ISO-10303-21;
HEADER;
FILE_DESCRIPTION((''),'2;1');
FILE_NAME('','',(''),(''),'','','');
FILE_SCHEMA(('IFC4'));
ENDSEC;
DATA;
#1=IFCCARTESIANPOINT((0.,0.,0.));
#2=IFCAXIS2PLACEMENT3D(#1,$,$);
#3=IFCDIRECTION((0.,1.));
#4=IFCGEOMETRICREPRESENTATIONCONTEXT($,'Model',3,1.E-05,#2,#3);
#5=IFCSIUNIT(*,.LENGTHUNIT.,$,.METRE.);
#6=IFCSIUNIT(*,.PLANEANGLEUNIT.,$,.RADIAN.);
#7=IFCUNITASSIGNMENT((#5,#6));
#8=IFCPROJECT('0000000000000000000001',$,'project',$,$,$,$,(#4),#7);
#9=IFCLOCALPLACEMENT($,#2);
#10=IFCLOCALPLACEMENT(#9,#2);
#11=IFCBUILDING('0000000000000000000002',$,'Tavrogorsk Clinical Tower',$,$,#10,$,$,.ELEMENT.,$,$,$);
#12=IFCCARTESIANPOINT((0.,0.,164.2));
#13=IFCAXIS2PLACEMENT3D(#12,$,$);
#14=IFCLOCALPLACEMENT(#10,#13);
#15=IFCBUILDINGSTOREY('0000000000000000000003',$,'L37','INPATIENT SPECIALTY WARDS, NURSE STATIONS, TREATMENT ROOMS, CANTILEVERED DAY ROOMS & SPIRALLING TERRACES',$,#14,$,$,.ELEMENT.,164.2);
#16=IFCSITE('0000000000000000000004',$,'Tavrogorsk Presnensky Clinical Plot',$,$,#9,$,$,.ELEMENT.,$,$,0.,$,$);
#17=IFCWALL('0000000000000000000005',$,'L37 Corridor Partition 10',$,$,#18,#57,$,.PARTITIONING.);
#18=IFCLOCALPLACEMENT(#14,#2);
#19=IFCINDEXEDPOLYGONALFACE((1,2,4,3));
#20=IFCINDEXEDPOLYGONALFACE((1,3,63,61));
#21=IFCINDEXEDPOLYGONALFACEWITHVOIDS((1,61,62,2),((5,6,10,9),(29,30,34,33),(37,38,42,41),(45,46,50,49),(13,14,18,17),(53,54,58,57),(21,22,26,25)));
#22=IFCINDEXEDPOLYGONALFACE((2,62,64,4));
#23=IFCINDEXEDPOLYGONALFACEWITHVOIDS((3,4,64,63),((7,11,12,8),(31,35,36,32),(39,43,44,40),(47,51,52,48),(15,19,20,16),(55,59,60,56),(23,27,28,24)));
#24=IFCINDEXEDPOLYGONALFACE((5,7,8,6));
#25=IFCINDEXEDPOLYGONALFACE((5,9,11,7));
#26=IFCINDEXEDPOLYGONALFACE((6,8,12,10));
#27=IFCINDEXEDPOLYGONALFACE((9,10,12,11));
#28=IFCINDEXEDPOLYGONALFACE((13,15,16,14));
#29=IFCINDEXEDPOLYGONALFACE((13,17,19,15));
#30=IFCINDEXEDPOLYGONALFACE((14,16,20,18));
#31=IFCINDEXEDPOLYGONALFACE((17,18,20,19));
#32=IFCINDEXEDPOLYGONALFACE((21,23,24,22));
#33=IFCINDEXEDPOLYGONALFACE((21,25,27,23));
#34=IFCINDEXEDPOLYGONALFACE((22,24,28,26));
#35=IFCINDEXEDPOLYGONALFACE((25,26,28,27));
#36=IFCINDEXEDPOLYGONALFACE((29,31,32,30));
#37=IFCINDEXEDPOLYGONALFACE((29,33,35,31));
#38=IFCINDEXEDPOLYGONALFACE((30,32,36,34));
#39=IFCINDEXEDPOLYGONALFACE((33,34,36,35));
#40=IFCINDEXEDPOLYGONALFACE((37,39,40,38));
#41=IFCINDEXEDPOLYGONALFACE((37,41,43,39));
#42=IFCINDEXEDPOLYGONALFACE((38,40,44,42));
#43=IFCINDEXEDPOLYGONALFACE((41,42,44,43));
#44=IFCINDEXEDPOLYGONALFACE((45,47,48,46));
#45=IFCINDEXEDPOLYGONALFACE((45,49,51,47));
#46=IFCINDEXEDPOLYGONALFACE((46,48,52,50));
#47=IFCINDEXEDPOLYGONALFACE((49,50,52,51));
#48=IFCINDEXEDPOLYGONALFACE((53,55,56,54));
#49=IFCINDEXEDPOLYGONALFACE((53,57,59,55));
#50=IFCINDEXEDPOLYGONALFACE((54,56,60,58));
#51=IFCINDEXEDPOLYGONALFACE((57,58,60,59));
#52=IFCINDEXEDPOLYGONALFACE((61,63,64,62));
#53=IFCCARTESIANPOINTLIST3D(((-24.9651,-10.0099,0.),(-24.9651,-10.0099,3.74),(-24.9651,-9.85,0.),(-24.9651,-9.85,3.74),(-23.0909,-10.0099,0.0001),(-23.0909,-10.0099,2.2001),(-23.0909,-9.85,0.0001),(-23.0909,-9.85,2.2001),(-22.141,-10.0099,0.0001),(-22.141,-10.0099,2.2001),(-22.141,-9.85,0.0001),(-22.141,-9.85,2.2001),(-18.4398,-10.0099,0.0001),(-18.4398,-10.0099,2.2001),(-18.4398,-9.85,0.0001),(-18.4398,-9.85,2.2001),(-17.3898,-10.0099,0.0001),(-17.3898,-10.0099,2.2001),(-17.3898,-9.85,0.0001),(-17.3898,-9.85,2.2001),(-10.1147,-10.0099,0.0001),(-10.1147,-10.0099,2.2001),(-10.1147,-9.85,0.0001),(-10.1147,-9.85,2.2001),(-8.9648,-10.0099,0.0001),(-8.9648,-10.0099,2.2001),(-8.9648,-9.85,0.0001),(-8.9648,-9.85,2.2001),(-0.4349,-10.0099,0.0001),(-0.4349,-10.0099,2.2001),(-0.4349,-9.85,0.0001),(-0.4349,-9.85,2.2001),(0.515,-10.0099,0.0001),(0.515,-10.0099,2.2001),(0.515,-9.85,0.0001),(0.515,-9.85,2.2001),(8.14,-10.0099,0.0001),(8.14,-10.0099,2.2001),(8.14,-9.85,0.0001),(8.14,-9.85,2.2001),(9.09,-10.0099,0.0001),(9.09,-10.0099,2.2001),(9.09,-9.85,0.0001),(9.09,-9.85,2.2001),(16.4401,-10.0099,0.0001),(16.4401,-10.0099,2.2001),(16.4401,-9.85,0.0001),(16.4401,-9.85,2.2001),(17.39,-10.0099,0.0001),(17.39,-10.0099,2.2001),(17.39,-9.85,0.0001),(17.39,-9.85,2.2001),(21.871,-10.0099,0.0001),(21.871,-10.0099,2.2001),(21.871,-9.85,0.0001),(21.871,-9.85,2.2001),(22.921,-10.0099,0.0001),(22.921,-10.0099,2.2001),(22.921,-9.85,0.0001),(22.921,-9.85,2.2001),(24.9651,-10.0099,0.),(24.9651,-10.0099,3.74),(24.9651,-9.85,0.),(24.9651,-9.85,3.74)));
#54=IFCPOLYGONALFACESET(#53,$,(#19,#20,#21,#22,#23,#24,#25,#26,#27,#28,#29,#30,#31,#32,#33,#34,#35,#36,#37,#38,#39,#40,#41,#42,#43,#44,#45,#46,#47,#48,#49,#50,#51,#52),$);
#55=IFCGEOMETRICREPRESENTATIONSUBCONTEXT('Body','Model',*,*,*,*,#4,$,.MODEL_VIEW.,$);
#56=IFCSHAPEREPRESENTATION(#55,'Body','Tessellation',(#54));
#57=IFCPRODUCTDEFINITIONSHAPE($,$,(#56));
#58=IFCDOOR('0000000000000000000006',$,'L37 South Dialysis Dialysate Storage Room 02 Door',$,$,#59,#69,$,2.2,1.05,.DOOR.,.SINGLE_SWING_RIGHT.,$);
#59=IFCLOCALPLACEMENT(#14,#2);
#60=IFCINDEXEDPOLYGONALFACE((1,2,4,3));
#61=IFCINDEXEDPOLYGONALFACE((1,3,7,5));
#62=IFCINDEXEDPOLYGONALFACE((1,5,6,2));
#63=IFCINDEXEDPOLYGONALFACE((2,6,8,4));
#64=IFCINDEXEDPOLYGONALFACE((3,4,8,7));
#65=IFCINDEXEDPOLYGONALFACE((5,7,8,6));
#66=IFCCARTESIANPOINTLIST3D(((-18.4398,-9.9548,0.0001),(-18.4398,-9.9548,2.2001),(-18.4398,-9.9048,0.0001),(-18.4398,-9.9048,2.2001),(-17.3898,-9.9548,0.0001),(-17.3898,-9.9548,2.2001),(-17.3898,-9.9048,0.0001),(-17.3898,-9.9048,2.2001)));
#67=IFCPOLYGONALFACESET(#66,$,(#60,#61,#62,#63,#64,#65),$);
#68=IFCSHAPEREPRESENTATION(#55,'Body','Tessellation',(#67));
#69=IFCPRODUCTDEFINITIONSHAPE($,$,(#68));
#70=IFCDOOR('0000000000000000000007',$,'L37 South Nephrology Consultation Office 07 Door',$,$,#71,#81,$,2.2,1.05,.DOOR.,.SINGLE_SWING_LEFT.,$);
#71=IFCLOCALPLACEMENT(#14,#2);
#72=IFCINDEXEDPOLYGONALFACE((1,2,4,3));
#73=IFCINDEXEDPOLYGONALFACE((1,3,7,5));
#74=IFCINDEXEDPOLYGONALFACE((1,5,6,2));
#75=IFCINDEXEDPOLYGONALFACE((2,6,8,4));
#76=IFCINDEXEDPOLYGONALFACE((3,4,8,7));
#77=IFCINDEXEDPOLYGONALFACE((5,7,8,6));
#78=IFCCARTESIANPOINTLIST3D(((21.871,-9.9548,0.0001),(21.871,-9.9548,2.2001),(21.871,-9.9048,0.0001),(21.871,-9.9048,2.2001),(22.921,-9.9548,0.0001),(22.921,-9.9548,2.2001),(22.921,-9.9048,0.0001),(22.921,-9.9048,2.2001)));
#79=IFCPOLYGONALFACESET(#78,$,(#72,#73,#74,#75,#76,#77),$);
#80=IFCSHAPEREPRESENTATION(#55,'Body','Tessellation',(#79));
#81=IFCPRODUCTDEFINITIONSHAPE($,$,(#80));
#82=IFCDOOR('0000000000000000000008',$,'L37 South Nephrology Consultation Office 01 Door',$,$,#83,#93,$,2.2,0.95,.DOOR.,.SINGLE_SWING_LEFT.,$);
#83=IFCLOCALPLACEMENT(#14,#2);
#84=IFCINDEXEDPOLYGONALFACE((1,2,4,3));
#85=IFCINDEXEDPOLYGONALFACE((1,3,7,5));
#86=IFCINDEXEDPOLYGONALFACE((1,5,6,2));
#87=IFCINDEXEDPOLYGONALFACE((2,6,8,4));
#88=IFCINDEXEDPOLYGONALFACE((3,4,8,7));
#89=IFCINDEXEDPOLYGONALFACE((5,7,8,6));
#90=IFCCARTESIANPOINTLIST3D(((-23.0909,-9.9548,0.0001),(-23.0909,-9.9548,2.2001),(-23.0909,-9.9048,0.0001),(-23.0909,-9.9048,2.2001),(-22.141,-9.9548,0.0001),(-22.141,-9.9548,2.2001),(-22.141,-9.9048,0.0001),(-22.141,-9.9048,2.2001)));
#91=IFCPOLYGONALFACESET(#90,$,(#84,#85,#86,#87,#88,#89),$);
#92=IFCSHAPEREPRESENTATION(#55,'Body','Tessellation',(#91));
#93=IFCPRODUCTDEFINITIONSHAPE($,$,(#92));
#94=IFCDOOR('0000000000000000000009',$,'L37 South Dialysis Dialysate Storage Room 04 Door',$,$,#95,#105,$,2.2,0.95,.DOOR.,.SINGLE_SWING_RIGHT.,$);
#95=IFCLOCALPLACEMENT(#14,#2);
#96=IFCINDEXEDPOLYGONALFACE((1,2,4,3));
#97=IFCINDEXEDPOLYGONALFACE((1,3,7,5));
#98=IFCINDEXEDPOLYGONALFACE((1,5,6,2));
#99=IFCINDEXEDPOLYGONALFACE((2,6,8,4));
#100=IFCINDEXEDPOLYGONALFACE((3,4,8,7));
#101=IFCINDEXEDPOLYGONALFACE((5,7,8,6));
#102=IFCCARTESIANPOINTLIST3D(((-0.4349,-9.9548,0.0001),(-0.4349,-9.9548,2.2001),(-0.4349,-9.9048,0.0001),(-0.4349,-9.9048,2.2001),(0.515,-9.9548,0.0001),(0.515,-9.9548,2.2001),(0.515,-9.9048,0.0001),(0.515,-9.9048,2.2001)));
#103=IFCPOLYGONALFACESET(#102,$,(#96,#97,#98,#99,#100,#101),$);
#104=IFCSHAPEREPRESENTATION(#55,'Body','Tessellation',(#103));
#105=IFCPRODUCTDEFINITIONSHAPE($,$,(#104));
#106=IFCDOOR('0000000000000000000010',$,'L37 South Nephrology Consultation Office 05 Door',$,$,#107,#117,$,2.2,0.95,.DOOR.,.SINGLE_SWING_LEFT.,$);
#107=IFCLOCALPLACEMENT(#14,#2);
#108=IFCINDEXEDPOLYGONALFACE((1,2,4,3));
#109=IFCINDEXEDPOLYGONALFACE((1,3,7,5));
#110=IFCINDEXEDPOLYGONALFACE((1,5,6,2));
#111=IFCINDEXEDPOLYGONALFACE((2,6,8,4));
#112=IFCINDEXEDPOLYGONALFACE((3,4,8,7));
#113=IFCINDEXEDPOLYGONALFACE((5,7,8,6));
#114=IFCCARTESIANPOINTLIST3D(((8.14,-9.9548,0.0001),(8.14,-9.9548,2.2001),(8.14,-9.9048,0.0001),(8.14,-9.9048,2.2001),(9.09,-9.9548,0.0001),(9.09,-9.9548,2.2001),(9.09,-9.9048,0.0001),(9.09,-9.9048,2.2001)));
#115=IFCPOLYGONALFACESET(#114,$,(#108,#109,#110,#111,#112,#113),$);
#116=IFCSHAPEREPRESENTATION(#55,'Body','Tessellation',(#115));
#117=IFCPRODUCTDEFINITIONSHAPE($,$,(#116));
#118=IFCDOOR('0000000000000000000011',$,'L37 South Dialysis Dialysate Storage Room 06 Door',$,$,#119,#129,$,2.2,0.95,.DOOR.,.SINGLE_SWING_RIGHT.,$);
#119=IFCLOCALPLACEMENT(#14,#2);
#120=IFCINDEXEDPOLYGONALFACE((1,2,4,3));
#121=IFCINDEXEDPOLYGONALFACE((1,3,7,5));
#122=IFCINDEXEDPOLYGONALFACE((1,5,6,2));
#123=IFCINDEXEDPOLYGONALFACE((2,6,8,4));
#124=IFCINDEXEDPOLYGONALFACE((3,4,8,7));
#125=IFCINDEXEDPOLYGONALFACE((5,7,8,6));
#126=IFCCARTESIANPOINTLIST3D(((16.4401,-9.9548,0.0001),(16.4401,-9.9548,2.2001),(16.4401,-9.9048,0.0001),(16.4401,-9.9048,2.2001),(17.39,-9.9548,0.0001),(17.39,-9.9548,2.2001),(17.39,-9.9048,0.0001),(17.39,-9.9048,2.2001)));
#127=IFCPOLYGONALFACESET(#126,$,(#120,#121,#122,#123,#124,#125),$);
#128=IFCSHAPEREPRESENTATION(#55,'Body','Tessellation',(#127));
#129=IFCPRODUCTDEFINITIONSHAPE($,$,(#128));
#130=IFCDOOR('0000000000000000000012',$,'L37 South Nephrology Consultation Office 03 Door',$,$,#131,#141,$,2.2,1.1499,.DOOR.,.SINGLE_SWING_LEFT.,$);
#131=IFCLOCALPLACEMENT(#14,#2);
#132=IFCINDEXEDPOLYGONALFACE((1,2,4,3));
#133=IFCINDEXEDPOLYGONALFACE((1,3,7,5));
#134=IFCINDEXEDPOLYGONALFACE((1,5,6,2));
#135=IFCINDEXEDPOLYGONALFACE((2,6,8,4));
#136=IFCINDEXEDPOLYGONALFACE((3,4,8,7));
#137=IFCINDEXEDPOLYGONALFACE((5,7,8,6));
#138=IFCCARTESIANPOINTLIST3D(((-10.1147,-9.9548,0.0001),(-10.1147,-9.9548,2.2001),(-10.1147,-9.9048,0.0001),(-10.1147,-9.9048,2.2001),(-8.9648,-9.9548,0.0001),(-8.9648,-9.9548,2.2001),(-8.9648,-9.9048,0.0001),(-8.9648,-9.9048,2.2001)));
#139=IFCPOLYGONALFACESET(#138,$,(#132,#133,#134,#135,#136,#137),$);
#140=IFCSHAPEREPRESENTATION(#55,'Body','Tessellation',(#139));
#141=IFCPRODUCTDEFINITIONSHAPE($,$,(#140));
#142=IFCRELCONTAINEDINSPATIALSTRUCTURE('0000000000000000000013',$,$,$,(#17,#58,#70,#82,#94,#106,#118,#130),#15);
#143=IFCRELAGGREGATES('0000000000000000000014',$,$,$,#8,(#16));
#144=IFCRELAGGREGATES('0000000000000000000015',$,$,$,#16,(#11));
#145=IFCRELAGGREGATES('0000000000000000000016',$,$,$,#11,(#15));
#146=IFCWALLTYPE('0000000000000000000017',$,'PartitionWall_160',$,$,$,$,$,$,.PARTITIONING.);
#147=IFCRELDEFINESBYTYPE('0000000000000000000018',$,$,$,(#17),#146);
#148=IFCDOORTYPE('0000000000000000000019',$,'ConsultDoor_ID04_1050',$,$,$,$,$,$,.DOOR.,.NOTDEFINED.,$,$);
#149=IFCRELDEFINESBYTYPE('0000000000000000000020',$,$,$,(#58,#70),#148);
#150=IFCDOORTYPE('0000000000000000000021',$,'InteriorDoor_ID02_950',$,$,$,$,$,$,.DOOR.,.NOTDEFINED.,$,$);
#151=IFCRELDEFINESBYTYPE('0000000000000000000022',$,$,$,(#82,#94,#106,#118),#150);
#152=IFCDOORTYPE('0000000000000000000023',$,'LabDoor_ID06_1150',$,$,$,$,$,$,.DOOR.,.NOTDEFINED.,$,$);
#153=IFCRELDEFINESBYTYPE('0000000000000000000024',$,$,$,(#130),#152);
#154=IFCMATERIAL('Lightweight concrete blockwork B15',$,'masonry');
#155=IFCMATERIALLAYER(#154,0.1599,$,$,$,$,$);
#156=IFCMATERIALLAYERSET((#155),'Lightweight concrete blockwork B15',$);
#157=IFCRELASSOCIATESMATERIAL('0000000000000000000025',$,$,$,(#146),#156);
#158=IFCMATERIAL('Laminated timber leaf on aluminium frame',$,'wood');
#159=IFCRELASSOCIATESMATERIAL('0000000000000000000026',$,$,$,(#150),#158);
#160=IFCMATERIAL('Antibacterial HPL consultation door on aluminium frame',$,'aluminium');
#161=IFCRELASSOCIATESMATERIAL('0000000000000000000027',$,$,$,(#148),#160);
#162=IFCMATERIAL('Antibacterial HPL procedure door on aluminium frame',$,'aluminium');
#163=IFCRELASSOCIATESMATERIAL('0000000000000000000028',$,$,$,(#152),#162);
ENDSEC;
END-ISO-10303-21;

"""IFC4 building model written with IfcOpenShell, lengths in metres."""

from ifc_helpers import new_model, si_unit, direction, frame, frame_2d, origin, place, context, subcontext, project, spatial, rectangle, extrude, material, layer, layer_set, type_object, element, fill, save


model = new_model("IFC4")

# Units and contexts
model_context = context("Model", 3, precision=1e-05, world=origin(), true_north=direction((0.0, 1.0)))
body_context = subcontext(model_context, "Body", "Model", "MODEL_VIEW")
ifc_project = project(units=[si_unit("LENGTHUNIT", "METRE"), si_unit("PLANEANGLEUNIT", "RADIAN")], contexts=[model_context])

# Site, building, storey
site_placement = place(None, origin())
site = spatial("IfcSite", under=ifc_project, at=site_placement, Name="Tavrogorsk Presnensky Clinical Plot", CompositionType="ELEMENT", RefElevation=0.0)
building_placement = place(site_placement, origin())
building = spatial("IfcBuilding", under=site, at=building_placement, Name="Tavrogorsk Clinical Tower", CompositionType="ELEMENT")
storey_placement = place(building_placement, frame((0.0, 0.0, 164.2)))
storey = spatial("IfcBuildingStorey", under=building, at=storey_placement, Name="L37", Description="INPATIENT SPECIALTY WARDS, NURSE STATIONS, TREATMENT ROOMS, CANTILEVERED DAY ROOMS & SPIRALLING TERRACES", CompositionType="ELEMENT", Elevation=164.2)

# Shared definitions
ifc_material_1 = material(Name="Lightweight concrete blockwork B15", Category="masonry")
ifc_layer = layer(ifc_material_1, 0.1599)
ifc_layer_set = layer_set([ifc_layer], Name="Lightweight concrete blockwork B15")
wall_type = type_object("IfcWallType", Name="PartitionWall_160", PredefinedType="PARTITIONING", material=ifc_layer_set)
ifc_material_2 = material(Name="Laminated timber leaf on aluminium frame", Category="wood")
door_type_1 = type_object("IfcDoorType", Name="InteriorDoor_ID02_950", OperationType="NOTDEFINED", PredefinedType="DOOR", material=ifc_material_2)

# Wall, openings, doors
wall_1_placement = place(storey_placement, frame((24.9651, -9.9299, 0.0), z_axis=(0.0, 0.0, 1.0), x_axis=(-1.0, 0.0, 0.0)))
wall_1 = element("IfcWall", 1, at=wall_1_placement, inside=storey, type_object=wall_type, Name="L37 Corridor Partition 10", PredefinedType="PARTITIONING", context=body_context, shape_type="SweptSolid", body=[
    extrude(rectangle(XDim=49.9302, YDim=0.1599, at=frame_2d((24.9651, 0.0))), origin(), (0.0, 0.0, 1.0), 3.74),
])
opening_1_placement = place(wall_1_placement, frame((47.106, 0.0, 0.0)))
opening_1 = element("IfcOpeningElement", 2, at=opening_1_placement, cuts=wall_1, PredefinedType="OPENING", context=body_context, shape_type="SweptSolid", body=[
    extrude(rectangle(XDim=0.95, YDim=2.2, at=frame_2d((0.4751, 1.1001))), frame((0.0, 0.0898, 0.0), z_axis=(0.0, -1.0, 0.0), x_axis=(1.0, 0.0, 0.0)), (0.0, 0.0, 1.0), 0.1799),
])
opening_2_placement = place(wall_1_placement, frame((42.355, 0.0, 0.0)))
opening_2 = element("IfcOpeningElement", 3, at=opening_2_placement, cuts=wall_1, PredefinedType="OPENING", context=body_context, shape_type="SweptSolid", body=[
    extrude(rectangle(XDim=1.05, YDim=2.2, at=frame_2d((0.5249, 1.1001))), frame((0.0, 0.0898, 0.0), z_axis=(0.0, -1.0, 0.0), x_axis=(1.0, 0.0, 0.0)), (0.0, 0.0, 1.0), 0.1799),
])
opening_3_placement = place(wall_1_placement, frame((33.9299, 0.0, 0.0)))
opening_3 = element("IfcOpeningElement", 4, at=opening_3_placement, cuts=wall_1, PredefinedType="OPENING", context=body_context, shape_type="SweptSolid", body=[
    extrude(rectangle(XDim=1.1499, YDim=2.2, at=frame_2d((0.575, 1.1001))), frame((0.0, 0.0898, 0.0), z_axis=(0.0, -1.0, 0.0), x_axis=(1.0, 0.0, 0.0)), (0.0, 0.0, 1.0), 0.1799),
])
opening_4_placement = place(wall_1_placement, frame((24.45, 0.0, 0.0)))
opening_4 = element("IfcOpeningElement", 5, at=opening_4_placement, cuts=wall_1, PredefinedType="OPENING", context=body_context, shape_type="SweptSolid", body=[
    extrude(rectangle(XDim=0.95, YDim=2.2, at=frame_2d((0.4751, 1.1001))), frame((0.0, 0.0898, 0.0), z_axis=(0.0, -1.0, 0.0), x_axis=(1.0, 0.0, 0.0)), (0.0, 0.0, 1.0), 0.1799),
])
opening_5_placement = place(wall_1_placement, frame((15.875, 0.0, 0.0)))
opening_5 = element("IfcOpeningElement", 6, at=opening_5_placement, cuts=wall_1, PredefinedType="OPENING", context=body_context, shape_type="SweptSolid", body=[
    extrude(rectangle(XDim=0.95, YDim=2.2, at=frame_2d((0.4751, 1.1001))), frame((0.0, 0.0898, 0.0), z_axis=(0.0, -1.0, 0.0), x_axis=(1.0, 0.0, 0.0)), (0.0, 0.0, 1.0), 0.1799),
])
opening_6_placement = place(wall_1_placement, frame((7.575, 0.0, 0.0)))
opening_6 = element("IfcOpeningElement", 7, at=opening_6_placement, cuts=wall_1, PredefinedType="OPENING", context=body_context, shape_type="SweptSolid", body=[
    extrude(rectangle(XDim=0.95, YDim=2.2, at=frame_2d((0.4751, 1.1001))), frame((0.0, 0.0898, 0.0), z_axis=(0.0, -1.0, 0.0), x_axis=(1.0, 0.0, 0.0)), (0.0, 0.0, 1.0), 0.1799),
])
opening_7_placement = place(wall_1_placement, frame((2.0442, 0.0, 0.0)))
opening_7 = element("IfcOpeningElement", 8, at=opening_7_placement, cuts=wall_1, PredefinedType="OPENING", context=body_context, shape_type="SweptSolid", body=[
    extrude(rectangle(XDim=1.05, YDim=2.2, at=frame_2d((0.5249, 1.1001))), frame((0.0, 0.0898, 0.0), z_axis=(0.0, -1.0, 0.0), x_axis=(1.0, 0.0, 0.0)), (0.0, 0.0, 1.0), 0.1799),
])
ifc_material_3 = material(Name="Antibacterial HPL consultation door on aluminium frame", Category="aluminium")
door_type_2 = type_object("IfcDoorType", Name="ConsultDoor_ID04_1050", OperationType="NOTDEFINED", PredefinedType="DOOR", material=ifc_material_3)
door_1_placement = place(opening_2_placement, origin())
door_1 = element("IfcDoor", 9, at=door_1_placement, inside=storey, type_object=door_type_2, Name="L37 South Dialysis Dialysate Storage Room 02 Door", OperationType="SINGLE_SWING_RIGHT", OverallHeight=2.2, OverallWidth=1.05, PredefinedType="DOOR", context=body_context, shape_type="SweptSolid", body=[
    extrude(rectangle(XDim=1.05, YDim=2.2, at=frame_2d((0.5249, 1.1001))), frame((0.0, 0.0249, 0.0), z_axis=(0.0, -1.0, 0.0), x_axis=(1.0, 0.0, 0.0)), (0.0, 0.0, 1.0), 0.05),
])
fill(opening_2, door_1)
door_2_placement = place(opening_7_placement, origin())
door_2 = element("IfcDoor", 10, at=door_2_placement, inside=storey, type_object=door_type_2, Name="L37 South Nephrology Consultation Office 07 Door", OperationType="SINGLE_SWING_LEFT", OverallHeight=2.2, OverallWidth=1.05, PredefinedType="DOOR", context=body_context, shape_type="SweptSolid", body=[
    extrude(rectangle(XDim=1.05, YDim=2.2, at=frame_2d((0.5249, 1.1001))), frame((0.0, 0.0249, 0.0), z_axis=(0.0, -1.0, 0.0), x_axis=(1.0, 0.0, 0.0)), (0.0, 0.0, 1.0), 0.05),
])
fill(opening_7, door_2)
door_3_placement = place(opening_1_placement, origin())
door_3 = element("IfcDoor", 11, at=door_3_placement, inside=storey, type_object=door_type_1, Name="L37 South Nephrology Consultation Office 01 Door", OperationType="SINGLE_SWING_LEFT", OverallHeight=2.2, OverallWidth=0.95, PredefinedType="DOOR", context=body_context, shape_type="SweptSolid", body=[
    extrude(rectangle(XDim=0.95, YDim=2.2, at=frame_2d((0.4751, 1.1001))), frame((0.0, 0.0249, 0.0), z_axis=(0.0, -1.0, 0.0), x_axis=(1.0, 0.0, 0.0)), (0.0, 0.0, 1.0), 0.05),
])
fill(opening_1, door_3)
door_4_placement = place(opening_4_placement, origin())
door_4 = element("IfcDoor", 12, at=door_4_placement, inside=storey, type_object=door_type_1, Name="L37 South Dialysis Dialysate Storage Room 04 Door", OperationType="SINGLE_SWING_RIGHT", OverallHeight=2.2, OverallWidth=0.95, PredefinedType="DOOR", context=body_context, shape_type="SweptSolid", body=[
    extrude(rectangle(XDim=0.95, YDim=2.2, at=frame_2d((0.4751, 1.1001))), frame((0.0, 0.0249, 0.0), z_axis=(0.0, -1.0, 0.0), x_axis=(1.0, 0.0, 0.0)), (0.0, 0.0, 1.0), 0.05),
])
fill(opening_4, door_4)
door_5_placement = place(opening_5_placement, origin())
door_5 = element("IfcDoor", 13, at=door_5_placement, inside=storey, type_object=door_type_1, Name="L37 South Nephrology Consultation Office 05 Door", OperationType="SINGLE_SWING_LEFT", OverallHeight=2.2, OverallWidth=0.95, PredefinedType="DOOR", context=body_context, shape_type="SweptSolid", body=[
    extrude(rectangle(XDim=0.95, YDim=2.2, at=frame_2d((0.4751, 1.1001))), frame((0.0, 0.0249, 0.0), z_axis=(0.0, -1.0, 0.0), x_axis=(1.0, 0.0, 0.0)), (0.0, 0.0, 1.0), 0.05),
])
fill(opening_5, door_5)
door_6_placement = place(opening_6_placement, origin())
door_6 = element("IfcDoor", 14, at=door_6_placement, inside=storey, type_object=door_type_1, Name="L37 South Dialysis Dialysate Storage Room 06 Door", OperationType="SINGLE_SWING_RIGHT", OverallHeight=2.2, OverallWidth=0.95, PredefinedType="DOOR", context=body_context, shape_type="SweptSolid", body=[
    extrude(rectangle(XDim=0.95, YDim=2.2, at=frame_2d((0.4751, 1.1001))), frame((0.0, 0.0249, 0.0), z_axis=(0.0, -1.0, 0.0), x_axis=(1.0, 0.0, 0.0)), (0.0, 0.0, 1.0), 0.05),
])
fill(opening_6, door_6)
ifc_material_4 = material(Name="Antibacterial HPL procedure door on aluminium frame", Category="aluminium")
door_type_3 = type_object("IfcDoorType", Name="LabDoor_ID06_1150", OperationType="NOTDEFINED", PredefinedType="DOOR", material=ifc_material_4)
door_7_placement = place(opening_3_placement, origin())
door_7 = element("IfcDoor", 15, at=door_7_placement, inside=storey, type_object=door_type_3, Name="L37 South Nephrology Consultation Office 03 Door", OperationType="SINGLE_SWING_LEFT", OverallHeight=2.2, OverallWidth=1.1499, PredefinedType="DOOR", context=body_context, shape_type="SweptSolid", body=[
    extrude(rectangle(XDim=1.1499, YDim=2.2, at=frame_2d((0.575, 1.1001))), frame((0.0, 0.0249, 0.0), z_axis=(0.0, -1.0, 0.0), x_axis=(1.0, 0.0, 0.0)), (0.0, 0.0, 1.0), 0.05),
])
fill(opening_3, door_7)

save(model, "model.ifc")
